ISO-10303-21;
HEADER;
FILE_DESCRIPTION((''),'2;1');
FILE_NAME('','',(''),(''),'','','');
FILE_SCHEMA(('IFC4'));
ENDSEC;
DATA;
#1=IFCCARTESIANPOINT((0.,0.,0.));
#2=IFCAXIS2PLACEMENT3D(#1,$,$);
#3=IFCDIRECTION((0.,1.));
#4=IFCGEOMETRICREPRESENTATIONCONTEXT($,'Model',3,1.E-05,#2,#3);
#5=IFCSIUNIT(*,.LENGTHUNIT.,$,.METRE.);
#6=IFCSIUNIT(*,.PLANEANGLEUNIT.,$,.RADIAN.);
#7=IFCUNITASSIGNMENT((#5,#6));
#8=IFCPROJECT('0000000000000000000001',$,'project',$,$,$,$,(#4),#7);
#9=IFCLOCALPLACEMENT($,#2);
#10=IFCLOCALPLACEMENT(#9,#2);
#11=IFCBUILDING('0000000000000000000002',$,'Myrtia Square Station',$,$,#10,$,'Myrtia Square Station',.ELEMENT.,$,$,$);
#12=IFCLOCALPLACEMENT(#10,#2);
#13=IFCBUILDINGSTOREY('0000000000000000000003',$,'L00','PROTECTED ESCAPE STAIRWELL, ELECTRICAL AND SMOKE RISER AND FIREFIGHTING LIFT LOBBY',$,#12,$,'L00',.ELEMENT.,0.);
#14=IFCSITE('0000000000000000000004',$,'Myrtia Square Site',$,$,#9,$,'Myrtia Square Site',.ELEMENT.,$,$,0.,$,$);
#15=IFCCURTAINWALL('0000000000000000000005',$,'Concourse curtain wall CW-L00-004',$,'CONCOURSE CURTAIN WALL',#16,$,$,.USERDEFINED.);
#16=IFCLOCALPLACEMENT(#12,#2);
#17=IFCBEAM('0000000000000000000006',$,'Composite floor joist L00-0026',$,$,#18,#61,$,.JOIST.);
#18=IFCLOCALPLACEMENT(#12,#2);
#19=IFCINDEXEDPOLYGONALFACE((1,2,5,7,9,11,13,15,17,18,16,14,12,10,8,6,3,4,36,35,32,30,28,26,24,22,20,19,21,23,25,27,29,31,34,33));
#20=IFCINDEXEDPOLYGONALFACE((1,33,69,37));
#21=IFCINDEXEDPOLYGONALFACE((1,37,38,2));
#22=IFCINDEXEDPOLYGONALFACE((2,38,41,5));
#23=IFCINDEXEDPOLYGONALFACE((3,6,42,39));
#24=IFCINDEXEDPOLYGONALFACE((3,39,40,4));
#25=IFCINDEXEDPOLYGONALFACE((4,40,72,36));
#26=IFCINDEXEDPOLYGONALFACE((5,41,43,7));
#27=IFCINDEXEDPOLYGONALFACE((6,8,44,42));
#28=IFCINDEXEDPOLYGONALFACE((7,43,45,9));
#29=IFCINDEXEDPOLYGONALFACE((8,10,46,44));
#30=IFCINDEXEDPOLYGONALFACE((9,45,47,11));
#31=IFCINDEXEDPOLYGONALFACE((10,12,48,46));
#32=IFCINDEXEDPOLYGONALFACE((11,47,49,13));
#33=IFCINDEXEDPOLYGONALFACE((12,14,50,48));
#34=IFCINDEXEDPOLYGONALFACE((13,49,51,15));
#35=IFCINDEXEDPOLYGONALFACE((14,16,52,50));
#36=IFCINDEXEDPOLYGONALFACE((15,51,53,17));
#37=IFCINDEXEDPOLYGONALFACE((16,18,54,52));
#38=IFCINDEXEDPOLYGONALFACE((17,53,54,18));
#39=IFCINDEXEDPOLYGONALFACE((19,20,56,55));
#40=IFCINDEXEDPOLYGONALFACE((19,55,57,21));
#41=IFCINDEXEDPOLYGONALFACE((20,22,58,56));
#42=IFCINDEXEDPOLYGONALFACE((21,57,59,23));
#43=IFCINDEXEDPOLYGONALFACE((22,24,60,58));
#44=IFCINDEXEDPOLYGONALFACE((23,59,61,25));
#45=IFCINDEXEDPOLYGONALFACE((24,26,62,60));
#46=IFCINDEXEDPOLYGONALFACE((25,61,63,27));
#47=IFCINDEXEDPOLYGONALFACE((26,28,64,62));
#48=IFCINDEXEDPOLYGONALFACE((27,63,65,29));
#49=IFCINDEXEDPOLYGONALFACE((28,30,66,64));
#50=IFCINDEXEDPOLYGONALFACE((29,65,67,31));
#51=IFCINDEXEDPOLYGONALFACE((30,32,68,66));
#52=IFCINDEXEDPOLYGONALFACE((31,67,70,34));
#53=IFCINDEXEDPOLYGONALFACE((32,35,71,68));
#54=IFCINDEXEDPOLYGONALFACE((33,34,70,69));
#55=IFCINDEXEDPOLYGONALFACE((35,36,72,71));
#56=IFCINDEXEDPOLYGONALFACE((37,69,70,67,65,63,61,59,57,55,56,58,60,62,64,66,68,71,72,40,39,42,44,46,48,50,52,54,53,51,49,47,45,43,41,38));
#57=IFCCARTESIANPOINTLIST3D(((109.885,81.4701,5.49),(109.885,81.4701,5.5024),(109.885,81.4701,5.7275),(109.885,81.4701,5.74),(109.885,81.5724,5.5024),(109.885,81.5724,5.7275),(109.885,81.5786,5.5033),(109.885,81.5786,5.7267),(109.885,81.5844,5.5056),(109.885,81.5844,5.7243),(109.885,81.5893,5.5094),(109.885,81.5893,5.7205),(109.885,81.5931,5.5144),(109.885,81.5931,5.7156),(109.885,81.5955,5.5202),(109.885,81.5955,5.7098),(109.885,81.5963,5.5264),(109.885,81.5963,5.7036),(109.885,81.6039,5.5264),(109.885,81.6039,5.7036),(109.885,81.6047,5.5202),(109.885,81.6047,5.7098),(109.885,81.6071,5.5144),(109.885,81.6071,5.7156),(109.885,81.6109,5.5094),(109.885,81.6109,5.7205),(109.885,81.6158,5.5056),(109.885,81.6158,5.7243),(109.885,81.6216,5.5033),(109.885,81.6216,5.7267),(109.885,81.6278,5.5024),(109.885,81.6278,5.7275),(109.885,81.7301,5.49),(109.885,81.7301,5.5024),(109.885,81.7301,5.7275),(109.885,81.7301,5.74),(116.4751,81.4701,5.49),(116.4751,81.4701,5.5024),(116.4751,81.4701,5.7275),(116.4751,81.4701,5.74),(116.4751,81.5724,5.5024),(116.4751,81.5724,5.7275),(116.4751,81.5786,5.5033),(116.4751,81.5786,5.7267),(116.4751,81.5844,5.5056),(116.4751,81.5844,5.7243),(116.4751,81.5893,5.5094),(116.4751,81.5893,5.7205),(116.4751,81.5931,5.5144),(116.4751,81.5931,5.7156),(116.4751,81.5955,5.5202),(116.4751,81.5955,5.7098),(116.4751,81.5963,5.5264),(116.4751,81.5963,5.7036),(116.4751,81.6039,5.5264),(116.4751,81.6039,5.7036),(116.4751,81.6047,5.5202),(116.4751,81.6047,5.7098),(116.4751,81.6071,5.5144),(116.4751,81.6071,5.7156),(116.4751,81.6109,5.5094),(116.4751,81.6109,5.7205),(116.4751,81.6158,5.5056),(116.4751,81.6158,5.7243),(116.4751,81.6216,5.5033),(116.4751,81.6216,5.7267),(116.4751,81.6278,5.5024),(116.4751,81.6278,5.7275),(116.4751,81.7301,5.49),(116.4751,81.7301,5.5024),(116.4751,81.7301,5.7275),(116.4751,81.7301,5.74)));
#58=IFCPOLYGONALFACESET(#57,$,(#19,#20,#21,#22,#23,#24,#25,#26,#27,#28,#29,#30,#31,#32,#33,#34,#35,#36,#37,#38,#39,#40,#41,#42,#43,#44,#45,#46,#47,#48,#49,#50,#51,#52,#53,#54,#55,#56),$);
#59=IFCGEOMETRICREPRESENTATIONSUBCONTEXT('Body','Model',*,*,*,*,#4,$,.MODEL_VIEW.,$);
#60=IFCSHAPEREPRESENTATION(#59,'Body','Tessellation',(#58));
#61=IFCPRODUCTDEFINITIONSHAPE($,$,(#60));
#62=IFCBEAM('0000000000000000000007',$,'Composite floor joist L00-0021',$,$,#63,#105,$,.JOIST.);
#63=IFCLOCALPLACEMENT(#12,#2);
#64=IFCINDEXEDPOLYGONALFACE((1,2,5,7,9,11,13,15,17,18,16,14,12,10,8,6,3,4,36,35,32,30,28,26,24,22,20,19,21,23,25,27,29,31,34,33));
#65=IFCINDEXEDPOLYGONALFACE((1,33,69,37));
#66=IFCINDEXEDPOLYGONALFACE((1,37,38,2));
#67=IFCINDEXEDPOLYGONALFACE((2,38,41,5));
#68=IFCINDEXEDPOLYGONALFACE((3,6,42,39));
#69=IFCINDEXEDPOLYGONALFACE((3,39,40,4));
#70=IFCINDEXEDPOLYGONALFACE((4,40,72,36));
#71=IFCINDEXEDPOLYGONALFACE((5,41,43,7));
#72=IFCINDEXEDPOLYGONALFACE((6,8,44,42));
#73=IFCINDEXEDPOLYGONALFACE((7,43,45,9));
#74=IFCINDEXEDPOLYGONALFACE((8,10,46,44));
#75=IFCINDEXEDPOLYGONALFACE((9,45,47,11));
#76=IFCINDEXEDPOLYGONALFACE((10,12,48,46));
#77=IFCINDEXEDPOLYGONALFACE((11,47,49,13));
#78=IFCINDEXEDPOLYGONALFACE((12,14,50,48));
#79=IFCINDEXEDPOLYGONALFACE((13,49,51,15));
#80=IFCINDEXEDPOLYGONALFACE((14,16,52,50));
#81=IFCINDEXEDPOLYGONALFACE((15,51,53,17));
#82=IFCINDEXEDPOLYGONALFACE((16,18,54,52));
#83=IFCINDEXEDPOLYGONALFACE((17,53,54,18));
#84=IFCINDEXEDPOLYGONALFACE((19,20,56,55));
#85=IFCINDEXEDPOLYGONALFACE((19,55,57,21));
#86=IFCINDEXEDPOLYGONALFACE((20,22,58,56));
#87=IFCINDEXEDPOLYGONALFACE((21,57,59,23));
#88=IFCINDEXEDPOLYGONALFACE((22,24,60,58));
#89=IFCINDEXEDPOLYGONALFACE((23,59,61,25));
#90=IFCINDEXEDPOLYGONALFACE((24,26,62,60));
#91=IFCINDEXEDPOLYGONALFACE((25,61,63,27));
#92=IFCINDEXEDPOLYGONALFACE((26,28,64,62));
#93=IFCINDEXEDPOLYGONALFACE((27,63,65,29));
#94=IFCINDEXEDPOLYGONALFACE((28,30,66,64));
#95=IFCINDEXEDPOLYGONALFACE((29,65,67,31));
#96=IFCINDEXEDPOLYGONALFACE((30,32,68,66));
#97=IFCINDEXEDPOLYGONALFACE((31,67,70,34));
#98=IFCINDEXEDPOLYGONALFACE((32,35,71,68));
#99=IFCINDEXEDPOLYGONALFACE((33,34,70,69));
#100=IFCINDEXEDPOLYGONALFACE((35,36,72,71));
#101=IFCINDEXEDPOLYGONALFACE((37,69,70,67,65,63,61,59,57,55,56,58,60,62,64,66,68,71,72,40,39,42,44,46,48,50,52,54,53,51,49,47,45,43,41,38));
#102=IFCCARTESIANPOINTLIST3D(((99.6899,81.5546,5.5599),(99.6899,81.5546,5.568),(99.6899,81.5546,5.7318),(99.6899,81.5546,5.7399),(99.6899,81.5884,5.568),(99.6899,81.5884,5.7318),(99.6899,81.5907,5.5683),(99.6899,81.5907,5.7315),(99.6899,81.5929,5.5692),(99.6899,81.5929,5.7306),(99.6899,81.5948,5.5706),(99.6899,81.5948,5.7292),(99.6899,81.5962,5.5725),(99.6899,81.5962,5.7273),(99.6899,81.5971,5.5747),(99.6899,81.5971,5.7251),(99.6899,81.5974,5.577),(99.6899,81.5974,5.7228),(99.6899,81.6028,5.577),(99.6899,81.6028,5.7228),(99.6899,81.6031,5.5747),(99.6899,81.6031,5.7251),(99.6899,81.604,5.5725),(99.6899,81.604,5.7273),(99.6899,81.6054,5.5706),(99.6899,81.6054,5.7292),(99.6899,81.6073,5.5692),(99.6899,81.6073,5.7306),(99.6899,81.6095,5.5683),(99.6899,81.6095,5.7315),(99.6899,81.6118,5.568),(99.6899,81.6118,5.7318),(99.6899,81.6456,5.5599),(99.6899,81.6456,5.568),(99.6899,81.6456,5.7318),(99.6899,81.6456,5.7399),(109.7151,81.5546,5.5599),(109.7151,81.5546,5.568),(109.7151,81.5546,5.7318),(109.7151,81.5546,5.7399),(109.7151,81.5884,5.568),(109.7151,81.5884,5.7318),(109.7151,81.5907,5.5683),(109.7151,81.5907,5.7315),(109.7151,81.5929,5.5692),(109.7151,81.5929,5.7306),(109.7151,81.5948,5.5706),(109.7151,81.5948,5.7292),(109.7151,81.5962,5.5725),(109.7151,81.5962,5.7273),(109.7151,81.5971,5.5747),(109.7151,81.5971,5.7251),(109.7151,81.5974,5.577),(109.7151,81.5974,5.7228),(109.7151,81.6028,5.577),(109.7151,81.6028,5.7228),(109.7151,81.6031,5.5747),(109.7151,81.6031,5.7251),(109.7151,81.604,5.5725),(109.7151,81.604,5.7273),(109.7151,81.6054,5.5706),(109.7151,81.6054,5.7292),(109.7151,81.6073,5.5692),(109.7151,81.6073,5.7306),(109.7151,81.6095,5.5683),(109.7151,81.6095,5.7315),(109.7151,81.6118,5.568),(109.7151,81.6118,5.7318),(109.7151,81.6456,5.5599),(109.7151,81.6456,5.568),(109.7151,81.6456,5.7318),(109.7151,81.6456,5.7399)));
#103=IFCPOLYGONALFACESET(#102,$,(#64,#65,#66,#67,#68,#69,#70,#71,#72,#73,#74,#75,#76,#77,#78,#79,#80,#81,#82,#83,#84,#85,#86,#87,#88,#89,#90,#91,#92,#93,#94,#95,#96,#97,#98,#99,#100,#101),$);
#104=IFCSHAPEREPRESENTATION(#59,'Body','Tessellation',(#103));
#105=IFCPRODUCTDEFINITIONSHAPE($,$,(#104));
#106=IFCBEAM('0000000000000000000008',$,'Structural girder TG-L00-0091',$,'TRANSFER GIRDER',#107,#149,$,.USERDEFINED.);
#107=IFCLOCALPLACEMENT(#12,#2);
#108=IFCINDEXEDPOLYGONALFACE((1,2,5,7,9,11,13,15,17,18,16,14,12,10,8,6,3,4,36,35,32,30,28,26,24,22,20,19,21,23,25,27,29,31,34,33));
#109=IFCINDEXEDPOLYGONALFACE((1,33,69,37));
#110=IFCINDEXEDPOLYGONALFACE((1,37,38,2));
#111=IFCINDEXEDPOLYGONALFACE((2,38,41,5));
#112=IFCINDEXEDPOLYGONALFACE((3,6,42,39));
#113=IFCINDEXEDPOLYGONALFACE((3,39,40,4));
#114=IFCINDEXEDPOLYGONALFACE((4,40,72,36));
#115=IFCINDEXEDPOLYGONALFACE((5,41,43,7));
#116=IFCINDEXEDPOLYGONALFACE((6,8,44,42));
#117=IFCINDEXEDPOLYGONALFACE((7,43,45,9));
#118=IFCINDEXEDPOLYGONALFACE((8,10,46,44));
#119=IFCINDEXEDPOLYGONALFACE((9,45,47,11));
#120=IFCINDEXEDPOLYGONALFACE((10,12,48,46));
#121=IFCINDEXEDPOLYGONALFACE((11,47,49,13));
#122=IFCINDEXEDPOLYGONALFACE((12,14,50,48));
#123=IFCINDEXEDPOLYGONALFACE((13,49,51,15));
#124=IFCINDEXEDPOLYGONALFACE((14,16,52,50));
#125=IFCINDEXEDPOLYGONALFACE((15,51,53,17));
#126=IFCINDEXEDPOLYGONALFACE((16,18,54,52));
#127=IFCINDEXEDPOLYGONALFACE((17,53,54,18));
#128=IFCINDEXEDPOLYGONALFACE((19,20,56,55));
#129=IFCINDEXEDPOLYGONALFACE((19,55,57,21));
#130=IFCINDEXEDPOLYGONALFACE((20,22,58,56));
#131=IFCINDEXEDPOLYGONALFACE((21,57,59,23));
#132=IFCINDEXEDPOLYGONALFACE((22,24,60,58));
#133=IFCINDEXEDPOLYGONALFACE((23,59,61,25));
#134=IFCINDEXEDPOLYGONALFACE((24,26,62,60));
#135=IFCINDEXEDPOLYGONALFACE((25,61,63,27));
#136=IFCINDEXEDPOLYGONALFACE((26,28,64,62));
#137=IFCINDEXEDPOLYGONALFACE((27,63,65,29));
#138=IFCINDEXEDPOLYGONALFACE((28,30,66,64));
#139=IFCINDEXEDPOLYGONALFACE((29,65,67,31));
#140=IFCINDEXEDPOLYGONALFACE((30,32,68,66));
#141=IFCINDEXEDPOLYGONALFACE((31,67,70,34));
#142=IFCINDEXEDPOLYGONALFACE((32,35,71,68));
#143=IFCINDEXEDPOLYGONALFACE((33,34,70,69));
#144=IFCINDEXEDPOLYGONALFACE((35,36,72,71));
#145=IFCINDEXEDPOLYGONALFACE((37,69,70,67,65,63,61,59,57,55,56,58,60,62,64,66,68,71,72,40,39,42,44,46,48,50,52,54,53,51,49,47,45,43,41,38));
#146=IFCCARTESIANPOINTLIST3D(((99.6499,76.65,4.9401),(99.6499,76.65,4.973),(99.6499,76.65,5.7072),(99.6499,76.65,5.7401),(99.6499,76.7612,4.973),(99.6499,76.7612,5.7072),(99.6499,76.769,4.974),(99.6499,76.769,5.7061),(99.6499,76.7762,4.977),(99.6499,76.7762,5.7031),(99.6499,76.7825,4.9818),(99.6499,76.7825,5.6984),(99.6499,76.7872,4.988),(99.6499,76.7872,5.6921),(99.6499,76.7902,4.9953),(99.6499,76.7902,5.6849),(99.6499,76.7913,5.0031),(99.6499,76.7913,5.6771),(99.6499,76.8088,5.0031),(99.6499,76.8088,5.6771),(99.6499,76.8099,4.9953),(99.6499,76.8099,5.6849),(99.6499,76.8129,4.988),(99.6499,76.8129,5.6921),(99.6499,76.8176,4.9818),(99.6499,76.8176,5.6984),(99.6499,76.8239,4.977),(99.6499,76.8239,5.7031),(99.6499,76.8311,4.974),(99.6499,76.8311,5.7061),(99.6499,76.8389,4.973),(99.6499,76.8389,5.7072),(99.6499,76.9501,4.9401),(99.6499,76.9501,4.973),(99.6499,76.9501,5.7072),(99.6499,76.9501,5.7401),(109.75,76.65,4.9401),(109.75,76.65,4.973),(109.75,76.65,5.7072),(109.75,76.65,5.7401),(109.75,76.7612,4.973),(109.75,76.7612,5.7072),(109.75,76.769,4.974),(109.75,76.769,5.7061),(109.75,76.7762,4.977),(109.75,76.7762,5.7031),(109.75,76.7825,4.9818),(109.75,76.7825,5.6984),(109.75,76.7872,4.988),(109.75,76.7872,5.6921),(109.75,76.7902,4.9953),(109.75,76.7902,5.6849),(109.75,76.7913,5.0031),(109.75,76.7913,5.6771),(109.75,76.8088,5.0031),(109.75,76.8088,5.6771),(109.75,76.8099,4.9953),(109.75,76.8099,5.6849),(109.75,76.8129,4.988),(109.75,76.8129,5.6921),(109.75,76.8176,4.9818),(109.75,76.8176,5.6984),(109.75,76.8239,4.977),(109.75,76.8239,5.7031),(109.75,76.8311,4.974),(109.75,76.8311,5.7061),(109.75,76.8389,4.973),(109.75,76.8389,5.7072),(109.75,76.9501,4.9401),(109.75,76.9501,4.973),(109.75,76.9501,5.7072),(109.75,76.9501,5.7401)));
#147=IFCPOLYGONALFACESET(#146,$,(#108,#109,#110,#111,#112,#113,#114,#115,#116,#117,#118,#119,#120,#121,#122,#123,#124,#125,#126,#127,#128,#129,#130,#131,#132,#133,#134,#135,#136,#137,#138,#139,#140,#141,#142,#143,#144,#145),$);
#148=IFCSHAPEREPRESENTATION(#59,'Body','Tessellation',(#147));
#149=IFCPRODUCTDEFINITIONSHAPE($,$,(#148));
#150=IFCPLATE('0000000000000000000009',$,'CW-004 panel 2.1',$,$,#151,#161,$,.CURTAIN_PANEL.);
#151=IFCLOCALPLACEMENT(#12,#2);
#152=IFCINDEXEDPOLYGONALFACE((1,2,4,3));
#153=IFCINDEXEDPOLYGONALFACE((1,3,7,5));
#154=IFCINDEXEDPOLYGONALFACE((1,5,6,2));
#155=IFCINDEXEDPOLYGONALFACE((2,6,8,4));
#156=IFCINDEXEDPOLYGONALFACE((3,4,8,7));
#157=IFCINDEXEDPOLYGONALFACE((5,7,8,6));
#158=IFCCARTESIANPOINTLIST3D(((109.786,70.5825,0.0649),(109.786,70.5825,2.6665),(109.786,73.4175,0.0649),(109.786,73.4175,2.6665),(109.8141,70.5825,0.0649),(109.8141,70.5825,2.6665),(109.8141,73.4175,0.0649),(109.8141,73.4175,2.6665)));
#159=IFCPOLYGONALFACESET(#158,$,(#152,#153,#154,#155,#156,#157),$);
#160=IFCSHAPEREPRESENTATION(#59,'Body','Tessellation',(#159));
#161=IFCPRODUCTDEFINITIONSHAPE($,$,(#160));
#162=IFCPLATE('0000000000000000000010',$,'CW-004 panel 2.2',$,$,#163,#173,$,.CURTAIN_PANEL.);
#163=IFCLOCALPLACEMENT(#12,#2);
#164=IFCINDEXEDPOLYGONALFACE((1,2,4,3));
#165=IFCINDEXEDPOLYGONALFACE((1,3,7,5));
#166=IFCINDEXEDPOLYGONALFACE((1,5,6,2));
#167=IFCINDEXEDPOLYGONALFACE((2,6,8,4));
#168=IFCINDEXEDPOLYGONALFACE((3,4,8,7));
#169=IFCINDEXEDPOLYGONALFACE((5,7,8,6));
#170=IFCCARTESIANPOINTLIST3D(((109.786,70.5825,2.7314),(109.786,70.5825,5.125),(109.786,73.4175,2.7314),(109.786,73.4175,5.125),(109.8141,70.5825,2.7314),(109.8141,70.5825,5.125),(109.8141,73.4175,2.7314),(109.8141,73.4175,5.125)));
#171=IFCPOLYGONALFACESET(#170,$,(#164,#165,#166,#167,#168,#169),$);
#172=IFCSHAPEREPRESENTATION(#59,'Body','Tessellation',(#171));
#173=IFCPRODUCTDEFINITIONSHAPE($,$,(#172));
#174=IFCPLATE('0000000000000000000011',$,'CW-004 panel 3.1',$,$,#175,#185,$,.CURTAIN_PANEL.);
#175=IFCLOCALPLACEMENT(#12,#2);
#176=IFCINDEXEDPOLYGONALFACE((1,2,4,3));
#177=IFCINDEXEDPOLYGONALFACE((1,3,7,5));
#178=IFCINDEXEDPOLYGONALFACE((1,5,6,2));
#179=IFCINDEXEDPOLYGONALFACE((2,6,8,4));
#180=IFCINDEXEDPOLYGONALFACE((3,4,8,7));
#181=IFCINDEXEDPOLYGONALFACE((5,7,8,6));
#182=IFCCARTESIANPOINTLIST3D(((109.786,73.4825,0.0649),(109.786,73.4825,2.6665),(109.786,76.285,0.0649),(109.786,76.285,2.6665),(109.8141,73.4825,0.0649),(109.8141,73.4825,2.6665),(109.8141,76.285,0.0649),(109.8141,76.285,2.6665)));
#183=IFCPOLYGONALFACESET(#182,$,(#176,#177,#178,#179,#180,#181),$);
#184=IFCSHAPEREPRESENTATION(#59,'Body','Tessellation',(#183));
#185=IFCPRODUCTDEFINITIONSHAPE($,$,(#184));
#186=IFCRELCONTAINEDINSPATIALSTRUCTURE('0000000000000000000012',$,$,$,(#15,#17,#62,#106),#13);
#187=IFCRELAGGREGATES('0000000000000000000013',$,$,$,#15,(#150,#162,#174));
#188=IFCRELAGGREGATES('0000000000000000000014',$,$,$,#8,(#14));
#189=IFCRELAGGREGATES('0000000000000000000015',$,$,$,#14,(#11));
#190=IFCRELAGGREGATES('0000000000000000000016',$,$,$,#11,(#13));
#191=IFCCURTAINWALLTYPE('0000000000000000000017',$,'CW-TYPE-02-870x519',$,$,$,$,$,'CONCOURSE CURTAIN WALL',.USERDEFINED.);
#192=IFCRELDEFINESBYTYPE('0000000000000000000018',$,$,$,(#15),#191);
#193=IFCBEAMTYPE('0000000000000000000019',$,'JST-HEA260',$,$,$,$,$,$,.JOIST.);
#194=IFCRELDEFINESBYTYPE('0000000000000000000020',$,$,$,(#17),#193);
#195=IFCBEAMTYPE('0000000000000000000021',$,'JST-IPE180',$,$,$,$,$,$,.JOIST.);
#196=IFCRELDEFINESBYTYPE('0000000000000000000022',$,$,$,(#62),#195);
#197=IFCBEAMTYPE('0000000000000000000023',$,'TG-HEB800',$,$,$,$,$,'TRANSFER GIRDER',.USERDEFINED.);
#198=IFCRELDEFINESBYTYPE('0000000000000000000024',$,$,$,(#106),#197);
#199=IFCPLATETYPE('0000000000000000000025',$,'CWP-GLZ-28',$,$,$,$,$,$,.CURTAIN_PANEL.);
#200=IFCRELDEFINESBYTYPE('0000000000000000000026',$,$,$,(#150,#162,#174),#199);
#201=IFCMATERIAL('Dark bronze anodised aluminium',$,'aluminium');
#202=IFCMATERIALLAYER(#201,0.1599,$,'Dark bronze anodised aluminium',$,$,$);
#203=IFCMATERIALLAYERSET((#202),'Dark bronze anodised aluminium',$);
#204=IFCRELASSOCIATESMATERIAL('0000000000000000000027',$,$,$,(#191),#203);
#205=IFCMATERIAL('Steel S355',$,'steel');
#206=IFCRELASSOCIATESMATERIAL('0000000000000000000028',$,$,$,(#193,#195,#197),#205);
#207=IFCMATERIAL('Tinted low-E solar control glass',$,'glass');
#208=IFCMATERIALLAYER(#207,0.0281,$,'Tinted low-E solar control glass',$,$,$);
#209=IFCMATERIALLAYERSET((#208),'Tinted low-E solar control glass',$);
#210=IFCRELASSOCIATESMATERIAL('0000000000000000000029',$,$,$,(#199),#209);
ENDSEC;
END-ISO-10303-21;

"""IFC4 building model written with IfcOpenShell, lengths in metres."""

from ifc_helpers import new_model, si_unit, direction, frame, origin, origin_2d, place, context, subcontext, project, spatial, rectangle, i_section, extrude, material, layer, layer_set, material_profile, profile_set, type_object, element, aggregate, save


model = new_model("IFC4")

# Units and contexts
model_context = context("Model", 3, precision=1e-05, world=origin(), true_north=direction((0.0, 1.0)))
body_context = subcontext(model_context, "Body", "Model", "MODEL_VIEW")
ifc_project = project(units=[si_unit("LENGTHUNIT", "METRE"), si_unit("PLANEANGLEUNIT", "RADIAN")], contexts=[model_context])

# Site, building, storey
site_placement = place(None, origin())
site = spatial("IfcSite", under=ifc_project, at=site_placement, Name="Myrtia Square Site", LongName="Myrtia Square Site", CompositionType="ELEMENT", RefElevation=0.0)
building_placement = place(site_placement, origin())
building = spatial("IfcBuilding", under=site, at=building_placement, Name="Myrtia Square Station", LongName="Myrtia Square Station", CompositionType="ELEMENT")
storey_placement = place(building_placement, origin())
storey = spatial("IfcBuildingStorey", under=building, at=storey_placement, Name="L00", Description="PROTECTED ESCAPE STAIRWELL, ELECTRICAL AND SMOKE RISER AND FIREFIGHTING LIFT LOBBY", LongName="L00", CompositionType="ELEMENT", Elevation=0.0)

# Shared definitions
ifc_material_1 = material(Name="Steel S355", Category="steel")

# Curtain wall
ifc_material_2 = material(Name="Dark bronze anodised aluminium", Category="aluminium")
ifc_layer_1 = layer(ifc_material_2, 0.1599, Name="Dark bronze anodised aluminium")
ifc_layer_set_1 = layer_set([ifc_layer_1], Name="Dark bronze anodised aluminium")
curtain_wall_type = type_object("IfcCurtainWallType", Name="CW-TYPE-02-870x519", ElementType="CONCOURSE CURTAIN WALL", PredefinedType="USERDEFINED", material=ifc_layer_set_1)
curtain_wall_placement = place(storey_placement, origin())
curtain_wall = element("IfcCurtainWall", 1, at=curtain_wall_placement, inside=storey, type_object=curtain_wall_type, Name="Concourse curtain wall CW-L00-004", ObjectType="CONCOURSE CURTAIN WALL", PredefinedType="USERDEFINED")

# Beams
ifc_material_profile_1 = material_profile(ifc_material_1, i_section(OverallWidth=0.26, OverallDepth=0.25, WebThickness=0.0076, FlangeThickness=0.0125, FilletRadius=0.0239, at=origin_2d()), Name="HEA 260")
ifc_profile_set_1 = profile_set([ifc_material_profile_1], Name="Steel S355")
beam_type_1 = type_object("IfcBeamType", Name="JST-HEA260", PredefinedType="JOIST", material=ifc_profile_set_1)
beam_1_placement = place(storey_placement, frame((109.885, 81.6001, 5.615), z_axis=(1.0, 0.0, 0.0), x_axis=(0.0, 1.0, 0.0)))
element("IfcBeam", 2, at=beam_1_placement, inside=storey, type_object=beam_type_1, Name="Composite floor joist L00-0026", PredefinedType="JOIST", context=body_context, shape_type="SweptSolid", body=[
    extrude(i_section(OverallWidth=0.26, OverallDepth=0.25, WebThickness=0.0076, FlangeThickness=0.0125, FilletRadius=0.0239, at=origin_2d()), origin(), (0.0, 0.0, 1.0), 6.5901),
])
ifc_material_profile_2 = material_profile(ifc_material_1, i_section(OverallWidth=0.0911, OverallDepth=0.1799, WebThickness=0.0054, FlangeThickness=0.0081, FilletRadius=0.009, at=origin_2d()), Name="IPE 180")
ifc_profile_set_2 = profile_set([ifc_material_profile_2], Name="Steel S355")
beam_type_2 = type_object("IfcBeamType", Name="JST-IPE180", PredefinedType="JOIST", material=ifc_profile_set_2)
beam_2_placement = place(storey_placement, frame((99.6899, 81.6001, 5.6499), z_axis=(1.0, 0.0, 0.0), x_axis=(0.0, 1.0, 0.0)))
element("IfcBeam", 3, at=beam_2_placement, inside=storey, type_object=beam_type_2, Name="Composite floor joist L00-0021", PredefinedType="JOIST", context=body_context, shape_type="SweptSolid", body=[
    extrude(i_section(OverallWidth=0.0911, OverallDepth=0.1799, WebThickness=0.0054, FlangeThickness=0.0081, FilletRadius=0.009, at=origin_2d()), origin(), (0.0, 0.0, 1.0), 10.0251),
])
ifc_material_profile_3 = material_profile(ifc_material_1, i_section(OverallWidth=0.3, OverallDepth=0.8, WebThickness=0.0176, FlangeThickness=0.033, FilletRadius=0.03, at=origin_2d()), Name="HEB 800")
ifc_profile_set_3 = profile_set([ifc_material_profile_3], Name="Steel S355")
beam_type_3 = type_object("IfcBeamType", Name="TG-HEB800", ElementType="TRANSFER GIRDER", PredefinedType="USERDEFINED", material=ifc_profile_set_3)
beam_3_placement = place(storey_placement, frame((99.6499, 76.8, 5.3401), z_axis=(1.0, 0.0, 0.0), x_axis=(0.0, 1.0, 0.0)))
element("IfcBeam", 4, at=beam_3_placement, inside=storey, type_object=beam_type_3, Name="Structural girder TG-L00-0091", ObjectType="TRANSFER GIRDER", PredefinedType="USERDEFINED", context=body_context, shape_type="SweptSolid", body=[
    extrude(i_section(OverallWidth=0.3, OverallDepth=0.8, WebThickness=0.0176, FlangeThickness=0.033, FilletRadius=0.03, at=origin_2d()), origin(), (0.0, 0.0, 1.0), 10.1001),
])

# Plates
ifc_material_3 = material(Name="Tinted low-E solar control glass", Category="glass")
ifc_layer_2 = layer(ifc_material_3, 0.0281, Name="Tinted low-E solar control glass")
ifc_layer_set_2 = layer_set([ifc_layer_2], Name="Tinted low-E solar control glass")
plate_type = type_object("IfcPlateType", Name="CWP-GLZ-28", PredefinedType="CURTAIN_PANEL", material=ifc_layer_set_2)
plate_1_placement = place(storey_placement, frame((109.8, 72.0, 0.0649), z_axis=(0.0, 0.0, 1.0), x_axis=(0.0, 1.0, 0.0)))
plate_1 = element("IfcPlate", 5, at=plate_1_placement, type_object=plate_type, Name="CW-004 panel 2.1", PredefinedType="CURTAIN_PANEL", context=body_context, shape_type="SweptSolid", body=[
    extrude(rectangle(XDim=2.835, YDim=0.0281, at=origin_2d()), origin(), (0.0, 0.0, 1.0), 2.6016),
])
plate_2_placement = place(storey_placement, frame((109.8, 72.0, 2.7314), z_axis=(0.0, 0.0, 1.0), x_axis=(0.0, 1.0, 0.0)))
plate_2 = element("IfcPlate", 6, at=plate_2_placement, type_object=plate_type, Name="CW-004 panel 2.2", PredefinedType="CURTAIN_PANEL", context=body_context, shape_type="SweptSolid", body=[
    extrude(rectangle(XDim=2.835, YDim=0.0281, at=origin_2d()), origin(), (0.0, 0.0, 1.0), 2.3936),
])
plate_3_placement = place(storey_placement, frame((109.8, 74.8838, 0.0649), z_axis=(0.0, 0.0, 1.0), x_axis=(0.0, 1.0, 0.0)))
plate_3 = element("IfcPlate", 7, at=plate_3_placement, type_object=plate_type, Name="CW-004 panel 3.1", PredefinedType="CURTAIN_PANEL", context=body_context, shape_type="SweptSolid", body=[
    extrude(rectangle(XDim=2.8025, YDim=0.0281, at=origin_2d()), origin(), (0.0, 0.0, 1.0), 2.6016),
])
aggregate(curtain_wall, [plate_1, plate_2, plate_3])

save(model, "model.ifc")
